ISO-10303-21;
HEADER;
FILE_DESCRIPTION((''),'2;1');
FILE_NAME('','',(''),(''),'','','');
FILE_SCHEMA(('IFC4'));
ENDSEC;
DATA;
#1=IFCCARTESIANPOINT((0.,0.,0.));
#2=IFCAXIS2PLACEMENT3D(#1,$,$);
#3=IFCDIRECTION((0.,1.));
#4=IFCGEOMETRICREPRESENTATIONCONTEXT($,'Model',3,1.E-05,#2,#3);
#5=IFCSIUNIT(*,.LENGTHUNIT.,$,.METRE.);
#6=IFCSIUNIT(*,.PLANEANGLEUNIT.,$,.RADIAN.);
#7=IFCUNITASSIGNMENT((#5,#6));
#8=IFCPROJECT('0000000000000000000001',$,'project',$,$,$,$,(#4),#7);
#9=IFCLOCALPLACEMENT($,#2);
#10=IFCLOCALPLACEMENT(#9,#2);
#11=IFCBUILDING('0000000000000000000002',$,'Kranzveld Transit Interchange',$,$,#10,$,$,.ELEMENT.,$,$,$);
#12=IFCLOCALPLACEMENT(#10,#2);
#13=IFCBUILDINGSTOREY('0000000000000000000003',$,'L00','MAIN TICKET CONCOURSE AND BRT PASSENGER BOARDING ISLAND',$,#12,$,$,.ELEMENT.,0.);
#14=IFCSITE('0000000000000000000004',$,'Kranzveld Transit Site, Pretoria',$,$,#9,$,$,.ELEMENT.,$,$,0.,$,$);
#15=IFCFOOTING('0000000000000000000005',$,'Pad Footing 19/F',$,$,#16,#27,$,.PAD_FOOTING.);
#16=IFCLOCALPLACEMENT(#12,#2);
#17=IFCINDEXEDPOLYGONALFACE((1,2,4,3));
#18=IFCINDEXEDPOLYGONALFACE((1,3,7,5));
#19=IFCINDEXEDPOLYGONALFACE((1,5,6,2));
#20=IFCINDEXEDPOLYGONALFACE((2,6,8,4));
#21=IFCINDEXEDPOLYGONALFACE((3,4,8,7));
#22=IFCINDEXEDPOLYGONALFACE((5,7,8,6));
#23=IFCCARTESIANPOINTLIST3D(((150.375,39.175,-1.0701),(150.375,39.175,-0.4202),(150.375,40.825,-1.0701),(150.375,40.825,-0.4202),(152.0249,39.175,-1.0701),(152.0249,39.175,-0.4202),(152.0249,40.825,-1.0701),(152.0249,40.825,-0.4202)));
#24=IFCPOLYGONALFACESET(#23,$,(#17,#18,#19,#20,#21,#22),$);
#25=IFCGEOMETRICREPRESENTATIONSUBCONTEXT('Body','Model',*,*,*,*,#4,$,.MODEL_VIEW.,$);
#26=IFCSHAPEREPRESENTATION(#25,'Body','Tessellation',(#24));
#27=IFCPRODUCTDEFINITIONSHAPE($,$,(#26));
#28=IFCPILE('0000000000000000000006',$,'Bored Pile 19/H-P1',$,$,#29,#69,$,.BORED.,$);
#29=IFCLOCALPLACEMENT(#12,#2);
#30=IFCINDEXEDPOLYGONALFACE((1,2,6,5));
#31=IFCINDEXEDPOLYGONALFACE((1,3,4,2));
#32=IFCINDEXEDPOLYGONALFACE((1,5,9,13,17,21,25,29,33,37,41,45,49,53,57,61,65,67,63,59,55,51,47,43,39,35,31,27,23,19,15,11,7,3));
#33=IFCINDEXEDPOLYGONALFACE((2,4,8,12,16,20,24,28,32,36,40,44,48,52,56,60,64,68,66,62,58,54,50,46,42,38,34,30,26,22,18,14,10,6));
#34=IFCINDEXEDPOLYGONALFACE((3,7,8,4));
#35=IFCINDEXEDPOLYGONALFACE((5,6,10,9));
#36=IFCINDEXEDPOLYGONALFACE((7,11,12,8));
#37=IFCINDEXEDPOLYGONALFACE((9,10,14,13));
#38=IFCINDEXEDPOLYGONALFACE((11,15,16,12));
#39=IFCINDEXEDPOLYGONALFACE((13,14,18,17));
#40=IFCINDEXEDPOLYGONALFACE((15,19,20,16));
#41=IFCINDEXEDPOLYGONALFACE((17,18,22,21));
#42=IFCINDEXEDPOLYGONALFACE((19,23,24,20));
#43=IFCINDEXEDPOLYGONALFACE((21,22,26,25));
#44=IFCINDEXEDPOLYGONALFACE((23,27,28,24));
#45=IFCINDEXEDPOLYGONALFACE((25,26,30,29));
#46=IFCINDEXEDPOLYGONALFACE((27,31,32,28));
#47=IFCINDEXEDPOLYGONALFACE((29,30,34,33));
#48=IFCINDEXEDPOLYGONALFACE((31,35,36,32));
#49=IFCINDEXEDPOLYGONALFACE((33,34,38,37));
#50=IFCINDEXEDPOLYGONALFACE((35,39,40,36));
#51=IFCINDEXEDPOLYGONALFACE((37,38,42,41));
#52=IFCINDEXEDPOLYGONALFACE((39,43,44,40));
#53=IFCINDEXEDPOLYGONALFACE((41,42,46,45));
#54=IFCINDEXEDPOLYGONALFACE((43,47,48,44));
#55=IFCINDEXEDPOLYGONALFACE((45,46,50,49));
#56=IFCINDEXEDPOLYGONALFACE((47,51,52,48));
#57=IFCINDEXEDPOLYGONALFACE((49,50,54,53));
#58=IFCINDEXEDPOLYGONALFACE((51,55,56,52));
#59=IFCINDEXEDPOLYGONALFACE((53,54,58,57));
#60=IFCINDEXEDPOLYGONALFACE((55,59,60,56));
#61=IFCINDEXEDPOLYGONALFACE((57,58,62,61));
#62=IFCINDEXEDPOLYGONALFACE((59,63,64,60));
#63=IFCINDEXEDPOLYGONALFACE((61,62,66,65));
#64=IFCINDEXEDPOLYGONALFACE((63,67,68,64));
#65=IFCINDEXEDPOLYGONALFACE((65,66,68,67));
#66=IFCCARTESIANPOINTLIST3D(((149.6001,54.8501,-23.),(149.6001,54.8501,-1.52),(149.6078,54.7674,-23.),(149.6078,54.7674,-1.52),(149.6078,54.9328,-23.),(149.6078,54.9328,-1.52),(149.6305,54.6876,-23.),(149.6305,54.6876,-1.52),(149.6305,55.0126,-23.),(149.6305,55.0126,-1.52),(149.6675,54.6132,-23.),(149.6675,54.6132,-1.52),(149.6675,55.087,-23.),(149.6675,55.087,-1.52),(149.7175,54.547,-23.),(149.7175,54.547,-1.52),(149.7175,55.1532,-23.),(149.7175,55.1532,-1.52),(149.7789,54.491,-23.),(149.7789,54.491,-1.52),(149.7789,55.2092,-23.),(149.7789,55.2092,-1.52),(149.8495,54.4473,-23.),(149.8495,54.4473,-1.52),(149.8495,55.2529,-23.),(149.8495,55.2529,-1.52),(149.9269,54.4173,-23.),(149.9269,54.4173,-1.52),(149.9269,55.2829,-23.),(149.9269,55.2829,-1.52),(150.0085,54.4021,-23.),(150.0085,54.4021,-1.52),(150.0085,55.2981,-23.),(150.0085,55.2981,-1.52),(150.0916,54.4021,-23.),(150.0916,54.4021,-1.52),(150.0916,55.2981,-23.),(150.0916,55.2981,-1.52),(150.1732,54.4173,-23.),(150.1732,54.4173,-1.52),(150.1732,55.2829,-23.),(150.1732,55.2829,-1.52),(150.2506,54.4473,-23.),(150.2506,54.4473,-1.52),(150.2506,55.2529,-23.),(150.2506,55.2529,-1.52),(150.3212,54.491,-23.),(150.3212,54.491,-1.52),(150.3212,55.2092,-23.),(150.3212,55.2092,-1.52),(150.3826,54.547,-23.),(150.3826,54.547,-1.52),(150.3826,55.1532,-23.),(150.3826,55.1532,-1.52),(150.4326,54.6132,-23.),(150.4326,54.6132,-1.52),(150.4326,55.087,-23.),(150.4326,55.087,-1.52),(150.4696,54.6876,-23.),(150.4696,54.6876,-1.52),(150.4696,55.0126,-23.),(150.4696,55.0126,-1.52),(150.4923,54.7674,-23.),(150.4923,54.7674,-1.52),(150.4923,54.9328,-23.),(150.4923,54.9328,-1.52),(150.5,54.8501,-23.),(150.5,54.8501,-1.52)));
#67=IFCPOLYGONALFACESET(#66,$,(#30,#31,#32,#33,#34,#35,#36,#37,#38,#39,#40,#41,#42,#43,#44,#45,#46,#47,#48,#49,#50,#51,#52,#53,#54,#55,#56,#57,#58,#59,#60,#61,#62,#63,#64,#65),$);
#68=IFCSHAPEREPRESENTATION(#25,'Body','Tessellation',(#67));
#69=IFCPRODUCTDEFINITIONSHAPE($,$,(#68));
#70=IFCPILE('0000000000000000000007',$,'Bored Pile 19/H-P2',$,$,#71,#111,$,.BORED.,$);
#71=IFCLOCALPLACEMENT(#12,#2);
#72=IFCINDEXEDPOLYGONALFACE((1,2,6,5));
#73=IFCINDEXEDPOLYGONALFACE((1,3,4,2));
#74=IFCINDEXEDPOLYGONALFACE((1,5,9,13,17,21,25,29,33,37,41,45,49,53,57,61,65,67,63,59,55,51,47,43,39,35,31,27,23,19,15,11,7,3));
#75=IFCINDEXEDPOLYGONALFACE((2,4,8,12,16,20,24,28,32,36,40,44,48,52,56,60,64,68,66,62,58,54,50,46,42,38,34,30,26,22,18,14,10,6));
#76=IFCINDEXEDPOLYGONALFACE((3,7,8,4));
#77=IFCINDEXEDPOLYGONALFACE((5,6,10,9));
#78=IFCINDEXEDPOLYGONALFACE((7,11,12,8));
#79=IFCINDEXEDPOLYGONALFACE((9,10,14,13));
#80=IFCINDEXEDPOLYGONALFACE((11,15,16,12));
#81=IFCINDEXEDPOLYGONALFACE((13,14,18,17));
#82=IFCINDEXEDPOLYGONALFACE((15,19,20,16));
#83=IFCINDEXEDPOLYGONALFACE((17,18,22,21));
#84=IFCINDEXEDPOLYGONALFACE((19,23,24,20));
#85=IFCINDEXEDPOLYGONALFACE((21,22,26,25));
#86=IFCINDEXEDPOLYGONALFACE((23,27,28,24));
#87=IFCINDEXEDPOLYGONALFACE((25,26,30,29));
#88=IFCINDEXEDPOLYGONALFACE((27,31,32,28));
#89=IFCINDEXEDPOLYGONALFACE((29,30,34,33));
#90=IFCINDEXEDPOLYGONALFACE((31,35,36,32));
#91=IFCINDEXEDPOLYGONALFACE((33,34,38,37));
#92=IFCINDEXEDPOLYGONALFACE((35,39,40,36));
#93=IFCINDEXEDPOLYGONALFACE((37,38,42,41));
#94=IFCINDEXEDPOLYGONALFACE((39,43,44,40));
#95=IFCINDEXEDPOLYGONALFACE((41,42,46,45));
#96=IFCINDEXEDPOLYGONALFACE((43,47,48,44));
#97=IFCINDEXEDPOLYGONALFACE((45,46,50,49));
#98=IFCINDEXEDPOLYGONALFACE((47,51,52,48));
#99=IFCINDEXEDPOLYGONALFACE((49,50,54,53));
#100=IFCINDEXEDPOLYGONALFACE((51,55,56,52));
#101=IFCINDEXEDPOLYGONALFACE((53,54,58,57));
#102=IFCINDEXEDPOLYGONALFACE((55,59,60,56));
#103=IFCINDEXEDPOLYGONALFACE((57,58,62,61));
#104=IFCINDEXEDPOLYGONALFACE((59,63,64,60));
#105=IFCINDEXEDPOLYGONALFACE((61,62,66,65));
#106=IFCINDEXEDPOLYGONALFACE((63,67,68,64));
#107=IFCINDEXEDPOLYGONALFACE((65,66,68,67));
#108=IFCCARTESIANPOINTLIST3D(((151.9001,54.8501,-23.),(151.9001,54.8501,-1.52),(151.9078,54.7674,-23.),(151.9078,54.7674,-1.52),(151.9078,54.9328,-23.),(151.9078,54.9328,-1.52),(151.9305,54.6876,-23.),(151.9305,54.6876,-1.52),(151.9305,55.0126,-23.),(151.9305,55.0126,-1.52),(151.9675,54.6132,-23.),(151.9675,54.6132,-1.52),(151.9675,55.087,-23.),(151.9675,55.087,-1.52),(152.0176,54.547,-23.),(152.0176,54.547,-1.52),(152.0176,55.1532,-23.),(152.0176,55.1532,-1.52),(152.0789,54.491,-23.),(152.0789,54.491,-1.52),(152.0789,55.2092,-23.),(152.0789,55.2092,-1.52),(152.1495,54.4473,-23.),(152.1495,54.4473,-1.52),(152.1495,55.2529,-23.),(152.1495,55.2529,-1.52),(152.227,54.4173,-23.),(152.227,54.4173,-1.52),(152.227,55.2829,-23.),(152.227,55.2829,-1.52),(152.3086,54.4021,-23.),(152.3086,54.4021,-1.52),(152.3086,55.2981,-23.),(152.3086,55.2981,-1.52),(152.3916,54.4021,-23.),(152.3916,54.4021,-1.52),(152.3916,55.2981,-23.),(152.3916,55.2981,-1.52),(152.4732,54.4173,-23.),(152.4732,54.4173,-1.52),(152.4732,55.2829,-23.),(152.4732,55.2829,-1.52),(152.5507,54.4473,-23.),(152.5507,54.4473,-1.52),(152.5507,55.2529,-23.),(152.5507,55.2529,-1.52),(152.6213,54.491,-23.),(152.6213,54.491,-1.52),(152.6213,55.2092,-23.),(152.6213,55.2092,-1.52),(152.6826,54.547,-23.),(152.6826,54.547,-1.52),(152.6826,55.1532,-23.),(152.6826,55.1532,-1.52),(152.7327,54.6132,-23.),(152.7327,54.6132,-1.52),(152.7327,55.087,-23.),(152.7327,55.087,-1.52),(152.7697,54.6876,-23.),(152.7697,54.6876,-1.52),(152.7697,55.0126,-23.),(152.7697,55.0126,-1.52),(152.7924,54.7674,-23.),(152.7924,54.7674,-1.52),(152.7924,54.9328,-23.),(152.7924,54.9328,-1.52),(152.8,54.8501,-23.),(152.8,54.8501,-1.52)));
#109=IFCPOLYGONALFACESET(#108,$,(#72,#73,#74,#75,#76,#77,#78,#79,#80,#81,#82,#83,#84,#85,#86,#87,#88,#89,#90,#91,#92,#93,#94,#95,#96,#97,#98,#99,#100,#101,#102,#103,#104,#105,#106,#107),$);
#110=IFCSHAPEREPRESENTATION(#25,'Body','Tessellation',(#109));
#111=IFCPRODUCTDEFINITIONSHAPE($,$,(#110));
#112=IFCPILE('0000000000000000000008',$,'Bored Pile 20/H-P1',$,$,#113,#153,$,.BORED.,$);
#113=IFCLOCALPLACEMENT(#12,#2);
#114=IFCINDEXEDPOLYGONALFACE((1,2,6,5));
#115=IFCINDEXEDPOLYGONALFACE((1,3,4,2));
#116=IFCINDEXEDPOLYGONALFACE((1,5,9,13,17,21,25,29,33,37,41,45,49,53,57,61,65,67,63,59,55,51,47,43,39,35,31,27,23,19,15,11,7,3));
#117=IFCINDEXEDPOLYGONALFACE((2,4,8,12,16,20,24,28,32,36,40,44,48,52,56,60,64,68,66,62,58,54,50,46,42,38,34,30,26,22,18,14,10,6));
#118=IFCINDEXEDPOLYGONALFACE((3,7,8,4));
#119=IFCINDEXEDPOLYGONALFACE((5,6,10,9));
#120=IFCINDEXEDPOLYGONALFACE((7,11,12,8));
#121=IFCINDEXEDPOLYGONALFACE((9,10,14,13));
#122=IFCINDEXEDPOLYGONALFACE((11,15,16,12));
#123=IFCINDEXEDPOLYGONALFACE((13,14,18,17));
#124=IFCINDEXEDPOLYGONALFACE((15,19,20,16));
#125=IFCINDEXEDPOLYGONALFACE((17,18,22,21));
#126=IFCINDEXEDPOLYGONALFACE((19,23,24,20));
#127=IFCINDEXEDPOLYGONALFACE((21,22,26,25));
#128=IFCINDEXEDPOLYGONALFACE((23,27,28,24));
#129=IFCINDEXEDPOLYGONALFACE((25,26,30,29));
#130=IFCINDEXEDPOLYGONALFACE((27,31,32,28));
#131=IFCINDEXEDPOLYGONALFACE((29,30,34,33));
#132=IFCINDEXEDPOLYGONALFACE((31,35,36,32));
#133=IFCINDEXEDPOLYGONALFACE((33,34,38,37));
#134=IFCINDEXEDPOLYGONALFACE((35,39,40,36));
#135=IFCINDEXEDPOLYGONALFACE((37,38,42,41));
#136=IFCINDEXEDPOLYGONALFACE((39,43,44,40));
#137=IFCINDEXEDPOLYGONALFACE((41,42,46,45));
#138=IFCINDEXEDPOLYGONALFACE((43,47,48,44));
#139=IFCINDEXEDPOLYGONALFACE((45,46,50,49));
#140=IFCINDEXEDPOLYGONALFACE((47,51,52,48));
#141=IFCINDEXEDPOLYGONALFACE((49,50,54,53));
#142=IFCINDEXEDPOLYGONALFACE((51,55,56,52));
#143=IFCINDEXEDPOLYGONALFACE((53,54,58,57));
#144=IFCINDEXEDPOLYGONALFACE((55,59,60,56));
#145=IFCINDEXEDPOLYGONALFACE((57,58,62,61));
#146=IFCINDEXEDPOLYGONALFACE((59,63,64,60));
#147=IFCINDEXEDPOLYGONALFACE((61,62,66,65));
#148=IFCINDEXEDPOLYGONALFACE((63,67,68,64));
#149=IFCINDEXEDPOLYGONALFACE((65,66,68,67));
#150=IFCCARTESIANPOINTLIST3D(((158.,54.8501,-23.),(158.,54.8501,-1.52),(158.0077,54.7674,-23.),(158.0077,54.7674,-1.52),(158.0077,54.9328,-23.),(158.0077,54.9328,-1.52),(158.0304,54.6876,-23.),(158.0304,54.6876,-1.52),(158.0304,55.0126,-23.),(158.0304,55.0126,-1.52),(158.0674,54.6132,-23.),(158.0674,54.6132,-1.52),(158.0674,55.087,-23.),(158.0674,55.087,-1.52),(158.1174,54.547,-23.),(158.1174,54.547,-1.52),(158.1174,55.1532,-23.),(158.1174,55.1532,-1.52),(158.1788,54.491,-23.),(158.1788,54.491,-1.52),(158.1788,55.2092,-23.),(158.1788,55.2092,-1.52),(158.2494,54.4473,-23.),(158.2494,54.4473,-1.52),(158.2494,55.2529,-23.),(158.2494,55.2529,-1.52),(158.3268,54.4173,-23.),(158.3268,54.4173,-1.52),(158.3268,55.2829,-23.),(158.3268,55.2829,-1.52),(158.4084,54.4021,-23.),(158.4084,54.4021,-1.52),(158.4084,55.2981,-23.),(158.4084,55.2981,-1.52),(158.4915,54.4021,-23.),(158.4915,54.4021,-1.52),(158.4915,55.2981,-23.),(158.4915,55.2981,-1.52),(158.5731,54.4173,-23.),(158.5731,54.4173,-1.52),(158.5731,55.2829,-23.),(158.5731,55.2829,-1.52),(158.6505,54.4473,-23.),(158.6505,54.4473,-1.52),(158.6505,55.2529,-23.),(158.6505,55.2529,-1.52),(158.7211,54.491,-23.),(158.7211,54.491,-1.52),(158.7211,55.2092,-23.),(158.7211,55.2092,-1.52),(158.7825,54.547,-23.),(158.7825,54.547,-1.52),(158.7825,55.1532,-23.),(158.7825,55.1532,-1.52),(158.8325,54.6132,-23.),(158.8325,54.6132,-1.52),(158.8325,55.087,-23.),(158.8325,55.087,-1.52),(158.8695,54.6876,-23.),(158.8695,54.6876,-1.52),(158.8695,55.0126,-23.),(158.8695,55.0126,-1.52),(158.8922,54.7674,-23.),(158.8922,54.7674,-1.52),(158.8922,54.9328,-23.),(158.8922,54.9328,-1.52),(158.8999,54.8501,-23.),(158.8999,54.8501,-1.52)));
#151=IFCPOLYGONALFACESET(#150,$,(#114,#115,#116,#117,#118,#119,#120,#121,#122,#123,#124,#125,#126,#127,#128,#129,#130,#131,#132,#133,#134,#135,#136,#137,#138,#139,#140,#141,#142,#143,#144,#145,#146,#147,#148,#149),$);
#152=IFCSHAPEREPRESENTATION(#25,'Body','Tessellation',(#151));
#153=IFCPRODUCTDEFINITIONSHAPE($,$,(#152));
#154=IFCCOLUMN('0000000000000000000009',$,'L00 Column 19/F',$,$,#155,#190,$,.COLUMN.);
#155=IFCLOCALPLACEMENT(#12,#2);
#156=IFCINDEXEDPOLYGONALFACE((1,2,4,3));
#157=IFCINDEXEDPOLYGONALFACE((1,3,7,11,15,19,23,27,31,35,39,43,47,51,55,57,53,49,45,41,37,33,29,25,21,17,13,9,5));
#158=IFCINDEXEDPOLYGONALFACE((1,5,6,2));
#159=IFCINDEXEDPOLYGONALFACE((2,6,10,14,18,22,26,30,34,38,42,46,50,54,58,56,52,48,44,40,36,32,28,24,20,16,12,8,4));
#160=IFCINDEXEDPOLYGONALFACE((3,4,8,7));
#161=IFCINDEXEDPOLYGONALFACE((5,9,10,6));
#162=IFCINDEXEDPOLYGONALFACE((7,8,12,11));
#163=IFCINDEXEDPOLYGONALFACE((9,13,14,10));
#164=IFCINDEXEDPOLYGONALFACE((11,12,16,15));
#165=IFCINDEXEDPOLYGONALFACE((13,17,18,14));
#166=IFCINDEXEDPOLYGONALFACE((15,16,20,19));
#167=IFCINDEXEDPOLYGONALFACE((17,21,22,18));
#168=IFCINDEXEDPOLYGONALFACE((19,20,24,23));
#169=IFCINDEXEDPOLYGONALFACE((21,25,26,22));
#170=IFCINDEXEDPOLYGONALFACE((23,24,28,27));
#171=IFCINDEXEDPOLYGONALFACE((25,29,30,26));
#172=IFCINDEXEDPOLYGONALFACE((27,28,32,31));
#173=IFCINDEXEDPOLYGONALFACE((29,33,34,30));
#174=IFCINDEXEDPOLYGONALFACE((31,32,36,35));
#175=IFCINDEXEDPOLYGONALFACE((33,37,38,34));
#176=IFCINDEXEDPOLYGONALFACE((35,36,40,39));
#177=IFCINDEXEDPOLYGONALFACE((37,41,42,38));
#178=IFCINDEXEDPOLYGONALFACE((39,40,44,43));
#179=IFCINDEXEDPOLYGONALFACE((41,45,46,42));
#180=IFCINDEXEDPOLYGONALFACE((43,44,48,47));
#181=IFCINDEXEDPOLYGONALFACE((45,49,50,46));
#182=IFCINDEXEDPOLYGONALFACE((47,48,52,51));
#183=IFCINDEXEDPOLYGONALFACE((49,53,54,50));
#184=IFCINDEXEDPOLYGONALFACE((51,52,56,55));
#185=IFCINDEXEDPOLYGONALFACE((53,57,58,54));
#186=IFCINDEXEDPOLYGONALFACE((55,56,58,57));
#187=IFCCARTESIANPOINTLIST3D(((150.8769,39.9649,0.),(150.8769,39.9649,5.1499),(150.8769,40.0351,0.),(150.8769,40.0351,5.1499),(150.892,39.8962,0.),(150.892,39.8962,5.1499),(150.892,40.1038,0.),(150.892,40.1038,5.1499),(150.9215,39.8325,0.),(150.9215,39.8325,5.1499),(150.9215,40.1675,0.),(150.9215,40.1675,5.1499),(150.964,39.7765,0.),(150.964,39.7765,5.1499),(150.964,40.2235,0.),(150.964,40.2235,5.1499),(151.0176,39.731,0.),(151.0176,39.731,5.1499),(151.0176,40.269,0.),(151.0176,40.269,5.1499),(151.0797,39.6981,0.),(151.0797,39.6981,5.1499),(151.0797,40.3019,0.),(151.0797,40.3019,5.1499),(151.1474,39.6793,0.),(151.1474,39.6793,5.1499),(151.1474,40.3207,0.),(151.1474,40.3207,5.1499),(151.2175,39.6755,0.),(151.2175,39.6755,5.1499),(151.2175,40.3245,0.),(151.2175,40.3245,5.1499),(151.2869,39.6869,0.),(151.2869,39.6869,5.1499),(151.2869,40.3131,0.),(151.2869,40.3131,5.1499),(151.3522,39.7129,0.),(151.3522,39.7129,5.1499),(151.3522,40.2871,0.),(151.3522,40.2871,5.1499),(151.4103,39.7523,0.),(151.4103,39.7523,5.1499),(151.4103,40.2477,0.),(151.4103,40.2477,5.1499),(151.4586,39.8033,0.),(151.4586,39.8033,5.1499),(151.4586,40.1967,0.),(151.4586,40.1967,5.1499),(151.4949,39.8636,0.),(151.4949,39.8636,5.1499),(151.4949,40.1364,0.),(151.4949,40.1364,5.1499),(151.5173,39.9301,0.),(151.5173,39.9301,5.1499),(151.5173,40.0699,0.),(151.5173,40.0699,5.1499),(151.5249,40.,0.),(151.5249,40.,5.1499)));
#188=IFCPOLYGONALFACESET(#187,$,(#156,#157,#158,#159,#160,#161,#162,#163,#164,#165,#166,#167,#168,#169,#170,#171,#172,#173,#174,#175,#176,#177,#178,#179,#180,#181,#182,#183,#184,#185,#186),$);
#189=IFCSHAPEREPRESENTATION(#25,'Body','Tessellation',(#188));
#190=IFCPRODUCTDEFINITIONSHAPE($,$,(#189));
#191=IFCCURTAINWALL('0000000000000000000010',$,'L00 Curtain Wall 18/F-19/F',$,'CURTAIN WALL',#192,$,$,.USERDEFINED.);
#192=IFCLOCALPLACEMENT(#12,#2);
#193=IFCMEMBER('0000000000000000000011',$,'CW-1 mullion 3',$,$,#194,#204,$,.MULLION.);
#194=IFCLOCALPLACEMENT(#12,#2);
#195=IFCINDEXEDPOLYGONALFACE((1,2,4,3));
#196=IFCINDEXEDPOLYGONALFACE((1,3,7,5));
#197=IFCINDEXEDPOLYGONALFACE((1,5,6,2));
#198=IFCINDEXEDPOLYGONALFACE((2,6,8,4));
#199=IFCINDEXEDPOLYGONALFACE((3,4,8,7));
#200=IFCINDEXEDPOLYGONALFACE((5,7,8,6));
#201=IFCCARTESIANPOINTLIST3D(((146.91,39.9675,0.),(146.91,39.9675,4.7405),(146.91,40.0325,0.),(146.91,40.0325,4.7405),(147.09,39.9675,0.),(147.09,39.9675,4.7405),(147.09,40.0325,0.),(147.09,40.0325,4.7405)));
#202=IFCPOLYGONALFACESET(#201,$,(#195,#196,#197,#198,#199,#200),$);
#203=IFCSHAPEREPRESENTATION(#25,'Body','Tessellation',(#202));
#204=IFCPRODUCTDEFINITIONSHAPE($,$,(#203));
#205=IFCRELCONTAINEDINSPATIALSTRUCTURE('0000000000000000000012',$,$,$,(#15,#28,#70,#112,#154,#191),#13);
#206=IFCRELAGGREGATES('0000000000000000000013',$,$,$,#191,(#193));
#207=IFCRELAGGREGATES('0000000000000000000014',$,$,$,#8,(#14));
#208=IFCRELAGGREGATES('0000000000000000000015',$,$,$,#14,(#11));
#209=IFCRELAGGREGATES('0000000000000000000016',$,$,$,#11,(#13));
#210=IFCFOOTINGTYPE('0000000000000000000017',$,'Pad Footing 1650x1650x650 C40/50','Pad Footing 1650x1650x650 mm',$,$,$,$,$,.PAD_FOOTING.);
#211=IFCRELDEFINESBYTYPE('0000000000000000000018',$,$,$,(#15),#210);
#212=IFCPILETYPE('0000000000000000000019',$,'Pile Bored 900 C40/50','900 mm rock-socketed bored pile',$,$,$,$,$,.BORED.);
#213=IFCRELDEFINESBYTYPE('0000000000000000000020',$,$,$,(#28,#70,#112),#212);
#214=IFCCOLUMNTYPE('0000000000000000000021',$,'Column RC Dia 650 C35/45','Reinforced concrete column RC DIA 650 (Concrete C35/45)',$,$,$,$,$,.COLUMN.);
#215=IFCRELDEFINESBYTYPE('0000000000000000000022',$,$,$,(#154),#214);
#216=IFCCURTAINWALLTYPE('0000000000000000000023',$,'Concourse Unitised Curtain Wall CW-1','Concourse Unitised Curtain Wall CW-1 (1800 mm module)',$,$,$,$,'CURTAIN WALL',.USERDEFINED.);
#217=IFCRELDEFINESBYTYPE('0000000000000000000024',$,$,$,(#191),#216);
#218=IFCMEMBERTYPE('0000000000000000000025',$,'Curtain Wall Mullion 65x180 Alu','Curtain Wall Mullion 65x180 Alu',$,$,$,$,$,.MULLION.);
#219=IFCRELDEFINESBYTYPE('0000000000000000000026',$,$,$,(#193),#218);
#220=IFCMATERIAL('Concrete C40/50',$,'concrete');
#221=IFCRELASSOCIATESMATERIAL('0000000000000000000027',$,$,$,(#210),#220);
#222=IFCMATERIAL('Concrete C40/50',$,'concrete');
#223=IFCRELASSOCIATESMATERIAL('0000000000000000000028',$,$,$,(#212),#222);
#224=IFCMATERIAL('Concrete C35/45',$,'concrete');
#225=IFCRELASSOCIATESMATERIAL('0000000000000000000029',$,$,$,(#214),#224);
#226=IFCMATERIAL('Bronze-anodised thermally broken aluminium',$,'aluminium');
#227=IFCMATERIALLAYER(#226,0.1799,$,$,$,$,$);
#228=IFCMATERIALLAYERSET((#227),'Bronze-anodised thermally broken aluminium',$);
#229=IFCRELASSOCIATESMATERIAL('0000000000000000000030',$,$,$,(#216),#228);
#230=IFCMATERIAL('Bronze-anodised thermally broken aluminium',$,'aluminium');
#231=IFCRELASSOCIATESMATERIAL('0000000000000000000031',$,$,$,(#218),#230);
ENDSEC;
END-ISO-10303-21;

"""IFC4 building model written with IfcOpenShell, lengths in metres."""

from ifc_helpers import new_model, si_unit, direction, frame, origin, origin_2d, place, context, subcontext, project, spatial, rectangle, circle, extrude, material, layer, layer_set, material_profile, profile_set, type_object, element, aggregate, save


model = new_model("IFC4")

# Units and contexts
model_context = context("Model", 3, precision=1e-05, world=origin(), true_north=direction((0.0, 1.0)))
body_context = subcontext(model_context, "Body", "Model", "MODEL_VIEW")
ifc_project = project(units=[si_unit("LENGTHUNIT", "METRE"), si_unit("PLANEANGLEUNIT", "RADIAN")], contexts=[model_context])

# Site, building, storey
site_placement = place(None, origin())
site = spatial("IfcSite", under=ifc_project, at=site_placement, Name="Kranzveld Transit Site, Pretoria", CompositionType="ELEMENT", RefElevation=0.0)
building_placement = place(site_placement, origin())
building = spatial("IfcBuilding", under=site, at=building_placement, Name="Kranzveld Transit Interchange", CompositionType="ELEMENT")
storey_placement = place(building_placement, origin())
storey = spatial("IfcBuildingStorey", under=building, at=storey_placement, Name="L00", Description="MAIN TICKET CONCOURSE AND BRT PASSENGER BOARDING ISLAND", CompositionType="ELEMENT", Elevation=0.0)

# Footing
ifc_material_1 = material(Name="Concrete C40/50", Category="concrete")
footing_type = type_object("IfcFootingType", Name="Pad Footing 1650x1650x650 C40/50", Description="Pad Footing 1650x1650x650 mm", PredefinedType="PAD_FOOTING", material=ifc_material_1)
footing_placement = place(storey_placement, frame((151.2, 40.0, -1.0701), z_axis=(0.0, 0.0, 1.0), x_axis=(1.0, 0.0, 0.0)))
element("IfcFooting", 1, at=footing_placement, inside=storey, type_object=footing_type, Name="Pad Footing 19/F", PredefinedType="PAD_FOOTING", context=body_context, shape_type="SweptSolid", body=[
    extrude(rectangle(XDim=1.6499, YDim=1.6499, at=origin_2d()), origin(), (0.0, 0.0, 1.0), 0.6499),
])

# Piles
ifc_material_2 = material(Name="Concrete C40/50", Category="concrete")
ifc_material_profile_1 = material_profile(ifc_material_2, circle(Radius=0.45, at=origin_2d()), Name="BORED PILE 900")
ifc_profile_set_1 = profile_set([ifc_material_profile_1], Name="Concrete C40/50")
pile_type = type_object("IfcPileType", Name="Pile Bored 900 C40/50", Description="900 mm rock-socketed bored pile", PredefinedType="BORED", material=ifc_profile_set_1)
for number, where, z_axis, x_axis, name in (
    (2, (150.05, 54.8501, -1.52), (0.0, 0.0, -1.0), (1.0, 0.0, 0.0), "Bored Pile 19/H-P1"),
    (3, (152.3501, 54.8501, -1.52), (0.0, 0.0, -1.0), (1.0, 0.0, 0.0), "Bored Pile 19/H-P2"),
    (4, (158.45, 54.8501, -1.52), (0.0, 0.0, -1.0), (1.0, 0.0, 0.0), "Bored Pile 20/H-P1"),
):
    element("IfcPile", number, at=place(storey_placement, frame(where, z_axis=z_axis, x_axis=x_axis)), inside=storey, type_object=pile_type, Name=name, PredefinedType="BORED", context=body_context, shape_type="SweptSolid", body=[
        extrude(circle(Radius=0.45, at=origin_2d()), origin(), (0.0, 0.0, 1.0), 21.48),
    ])

# Column
ifc_material_3 = material(Name="Concrete C35/45", Category="concrete")
ifc_material_profile_2 = material_profile(ifc_material_3, circle(Radius=0.325, at=origin_2d()), Name="RC DIA 650")
ifc_profile_set_2 = profile_set([ifc_material_profile_2], Name="Concrete C35/45")
column_type = type_object("IfcColumnType", Name="Column RC Dia 650 C35/45", Description="Reinforced concrete column RC DIA 650 (Concrete C35/45)", PredefinedType="COLUMN", material=ifc_profile_set_2)
column_placement = place(storey_placement, frame((151.2, 40.0, 0.0), z_axis=(0.0, 0.0, 1.0), x_axis=(1.0, 0.0, 0.0)))
element("IfcColumn", 5, at=column_placement, inside=storey, type_object=column_type, Name="L00 Column 19/F", PredefinedType="COLUMN", context=body_context, shape_type="SweptSolid", body=[
    extrude(circle(Radius=0.325, at=origin_2d()), origin(), (0.0, 0.0, 1.0), 5.1499),
])

# Curtain wall, member
ifc_material_4 = material(Name="Bronze-anodised thermally broken aluminium", Category="aluminium")
ifc_layer_1 = layer(ifc_material_4, 0.1799)
ifc_layer_set_1 = layer_set([ifc_layer_1], Name="Bronze-anodised thermally broken aluminium")
curtain_wall_type = type_object("IfcCurtainWallType", Name="Concourse Unitised Curtain Wall CW-1", Description="Concourse Unitised Curtain Wall CW-1 (1800 mm module)", ElementType="CURTAIN WALL", PredefinedType="USERDEFINED", material=ifc_layer_set_1)
curtain_wall_placement = place(storey_placement, origin())
curtain_wall = element("IfcCurtainWall", 6, at=curtain_wall_placement, inside=storey, type_object=curtain_wall_type, Name="L00 Curtain Wall 18/F-19/F", ObjectType="CURTAIN WALL", PredefinedType="USERDEFINED")
ifc_material_5 = material(Name="Bronze-anodised thermally broken aluminium", Category="aluminium")
ifc_material_profile_3 = material_profile(ifc_material_5, rectangle(XDim=0.0649, YDim=0.1799, at=origin_2d()), Name="ALU MULLION 65x180")
ifc_profile_set_3 = profile_set([ifc_material_profile_3], Name="Bronze-anodised thermally broken aluminium")
member_type_1 = type_object("IfcMemberType", Name="Curtain Wall Mullion 65x180 Alu", Description="Curtain Wall Mullion 65x180 Alu", PredefinedType="MULLION", material=ifc_profile_set_3)
member_1_placement = place(storey_placement, frame((147.0, 40.0, 0.0), z_axis=(0.0, 0.0, 1.0), x_axis=(0.0, 1.0, 0.0)))
member_1 = element("IfcMember", 7, at=member_1_placement, type_object=member_type_1, Name="CW-1 mullion 3", PredefinedType="MULLION", context=body_context, shape_type="SweptSolid", body=[
    extrude(rectangle(XDim=0.0649, YDim=0.1799, at=origin_2d()), origin(), (0.0, 0.0, 1.0), 4.7405),
])

aggregate(curtain_wall, [member_1])

save(model, "model.ifc")
